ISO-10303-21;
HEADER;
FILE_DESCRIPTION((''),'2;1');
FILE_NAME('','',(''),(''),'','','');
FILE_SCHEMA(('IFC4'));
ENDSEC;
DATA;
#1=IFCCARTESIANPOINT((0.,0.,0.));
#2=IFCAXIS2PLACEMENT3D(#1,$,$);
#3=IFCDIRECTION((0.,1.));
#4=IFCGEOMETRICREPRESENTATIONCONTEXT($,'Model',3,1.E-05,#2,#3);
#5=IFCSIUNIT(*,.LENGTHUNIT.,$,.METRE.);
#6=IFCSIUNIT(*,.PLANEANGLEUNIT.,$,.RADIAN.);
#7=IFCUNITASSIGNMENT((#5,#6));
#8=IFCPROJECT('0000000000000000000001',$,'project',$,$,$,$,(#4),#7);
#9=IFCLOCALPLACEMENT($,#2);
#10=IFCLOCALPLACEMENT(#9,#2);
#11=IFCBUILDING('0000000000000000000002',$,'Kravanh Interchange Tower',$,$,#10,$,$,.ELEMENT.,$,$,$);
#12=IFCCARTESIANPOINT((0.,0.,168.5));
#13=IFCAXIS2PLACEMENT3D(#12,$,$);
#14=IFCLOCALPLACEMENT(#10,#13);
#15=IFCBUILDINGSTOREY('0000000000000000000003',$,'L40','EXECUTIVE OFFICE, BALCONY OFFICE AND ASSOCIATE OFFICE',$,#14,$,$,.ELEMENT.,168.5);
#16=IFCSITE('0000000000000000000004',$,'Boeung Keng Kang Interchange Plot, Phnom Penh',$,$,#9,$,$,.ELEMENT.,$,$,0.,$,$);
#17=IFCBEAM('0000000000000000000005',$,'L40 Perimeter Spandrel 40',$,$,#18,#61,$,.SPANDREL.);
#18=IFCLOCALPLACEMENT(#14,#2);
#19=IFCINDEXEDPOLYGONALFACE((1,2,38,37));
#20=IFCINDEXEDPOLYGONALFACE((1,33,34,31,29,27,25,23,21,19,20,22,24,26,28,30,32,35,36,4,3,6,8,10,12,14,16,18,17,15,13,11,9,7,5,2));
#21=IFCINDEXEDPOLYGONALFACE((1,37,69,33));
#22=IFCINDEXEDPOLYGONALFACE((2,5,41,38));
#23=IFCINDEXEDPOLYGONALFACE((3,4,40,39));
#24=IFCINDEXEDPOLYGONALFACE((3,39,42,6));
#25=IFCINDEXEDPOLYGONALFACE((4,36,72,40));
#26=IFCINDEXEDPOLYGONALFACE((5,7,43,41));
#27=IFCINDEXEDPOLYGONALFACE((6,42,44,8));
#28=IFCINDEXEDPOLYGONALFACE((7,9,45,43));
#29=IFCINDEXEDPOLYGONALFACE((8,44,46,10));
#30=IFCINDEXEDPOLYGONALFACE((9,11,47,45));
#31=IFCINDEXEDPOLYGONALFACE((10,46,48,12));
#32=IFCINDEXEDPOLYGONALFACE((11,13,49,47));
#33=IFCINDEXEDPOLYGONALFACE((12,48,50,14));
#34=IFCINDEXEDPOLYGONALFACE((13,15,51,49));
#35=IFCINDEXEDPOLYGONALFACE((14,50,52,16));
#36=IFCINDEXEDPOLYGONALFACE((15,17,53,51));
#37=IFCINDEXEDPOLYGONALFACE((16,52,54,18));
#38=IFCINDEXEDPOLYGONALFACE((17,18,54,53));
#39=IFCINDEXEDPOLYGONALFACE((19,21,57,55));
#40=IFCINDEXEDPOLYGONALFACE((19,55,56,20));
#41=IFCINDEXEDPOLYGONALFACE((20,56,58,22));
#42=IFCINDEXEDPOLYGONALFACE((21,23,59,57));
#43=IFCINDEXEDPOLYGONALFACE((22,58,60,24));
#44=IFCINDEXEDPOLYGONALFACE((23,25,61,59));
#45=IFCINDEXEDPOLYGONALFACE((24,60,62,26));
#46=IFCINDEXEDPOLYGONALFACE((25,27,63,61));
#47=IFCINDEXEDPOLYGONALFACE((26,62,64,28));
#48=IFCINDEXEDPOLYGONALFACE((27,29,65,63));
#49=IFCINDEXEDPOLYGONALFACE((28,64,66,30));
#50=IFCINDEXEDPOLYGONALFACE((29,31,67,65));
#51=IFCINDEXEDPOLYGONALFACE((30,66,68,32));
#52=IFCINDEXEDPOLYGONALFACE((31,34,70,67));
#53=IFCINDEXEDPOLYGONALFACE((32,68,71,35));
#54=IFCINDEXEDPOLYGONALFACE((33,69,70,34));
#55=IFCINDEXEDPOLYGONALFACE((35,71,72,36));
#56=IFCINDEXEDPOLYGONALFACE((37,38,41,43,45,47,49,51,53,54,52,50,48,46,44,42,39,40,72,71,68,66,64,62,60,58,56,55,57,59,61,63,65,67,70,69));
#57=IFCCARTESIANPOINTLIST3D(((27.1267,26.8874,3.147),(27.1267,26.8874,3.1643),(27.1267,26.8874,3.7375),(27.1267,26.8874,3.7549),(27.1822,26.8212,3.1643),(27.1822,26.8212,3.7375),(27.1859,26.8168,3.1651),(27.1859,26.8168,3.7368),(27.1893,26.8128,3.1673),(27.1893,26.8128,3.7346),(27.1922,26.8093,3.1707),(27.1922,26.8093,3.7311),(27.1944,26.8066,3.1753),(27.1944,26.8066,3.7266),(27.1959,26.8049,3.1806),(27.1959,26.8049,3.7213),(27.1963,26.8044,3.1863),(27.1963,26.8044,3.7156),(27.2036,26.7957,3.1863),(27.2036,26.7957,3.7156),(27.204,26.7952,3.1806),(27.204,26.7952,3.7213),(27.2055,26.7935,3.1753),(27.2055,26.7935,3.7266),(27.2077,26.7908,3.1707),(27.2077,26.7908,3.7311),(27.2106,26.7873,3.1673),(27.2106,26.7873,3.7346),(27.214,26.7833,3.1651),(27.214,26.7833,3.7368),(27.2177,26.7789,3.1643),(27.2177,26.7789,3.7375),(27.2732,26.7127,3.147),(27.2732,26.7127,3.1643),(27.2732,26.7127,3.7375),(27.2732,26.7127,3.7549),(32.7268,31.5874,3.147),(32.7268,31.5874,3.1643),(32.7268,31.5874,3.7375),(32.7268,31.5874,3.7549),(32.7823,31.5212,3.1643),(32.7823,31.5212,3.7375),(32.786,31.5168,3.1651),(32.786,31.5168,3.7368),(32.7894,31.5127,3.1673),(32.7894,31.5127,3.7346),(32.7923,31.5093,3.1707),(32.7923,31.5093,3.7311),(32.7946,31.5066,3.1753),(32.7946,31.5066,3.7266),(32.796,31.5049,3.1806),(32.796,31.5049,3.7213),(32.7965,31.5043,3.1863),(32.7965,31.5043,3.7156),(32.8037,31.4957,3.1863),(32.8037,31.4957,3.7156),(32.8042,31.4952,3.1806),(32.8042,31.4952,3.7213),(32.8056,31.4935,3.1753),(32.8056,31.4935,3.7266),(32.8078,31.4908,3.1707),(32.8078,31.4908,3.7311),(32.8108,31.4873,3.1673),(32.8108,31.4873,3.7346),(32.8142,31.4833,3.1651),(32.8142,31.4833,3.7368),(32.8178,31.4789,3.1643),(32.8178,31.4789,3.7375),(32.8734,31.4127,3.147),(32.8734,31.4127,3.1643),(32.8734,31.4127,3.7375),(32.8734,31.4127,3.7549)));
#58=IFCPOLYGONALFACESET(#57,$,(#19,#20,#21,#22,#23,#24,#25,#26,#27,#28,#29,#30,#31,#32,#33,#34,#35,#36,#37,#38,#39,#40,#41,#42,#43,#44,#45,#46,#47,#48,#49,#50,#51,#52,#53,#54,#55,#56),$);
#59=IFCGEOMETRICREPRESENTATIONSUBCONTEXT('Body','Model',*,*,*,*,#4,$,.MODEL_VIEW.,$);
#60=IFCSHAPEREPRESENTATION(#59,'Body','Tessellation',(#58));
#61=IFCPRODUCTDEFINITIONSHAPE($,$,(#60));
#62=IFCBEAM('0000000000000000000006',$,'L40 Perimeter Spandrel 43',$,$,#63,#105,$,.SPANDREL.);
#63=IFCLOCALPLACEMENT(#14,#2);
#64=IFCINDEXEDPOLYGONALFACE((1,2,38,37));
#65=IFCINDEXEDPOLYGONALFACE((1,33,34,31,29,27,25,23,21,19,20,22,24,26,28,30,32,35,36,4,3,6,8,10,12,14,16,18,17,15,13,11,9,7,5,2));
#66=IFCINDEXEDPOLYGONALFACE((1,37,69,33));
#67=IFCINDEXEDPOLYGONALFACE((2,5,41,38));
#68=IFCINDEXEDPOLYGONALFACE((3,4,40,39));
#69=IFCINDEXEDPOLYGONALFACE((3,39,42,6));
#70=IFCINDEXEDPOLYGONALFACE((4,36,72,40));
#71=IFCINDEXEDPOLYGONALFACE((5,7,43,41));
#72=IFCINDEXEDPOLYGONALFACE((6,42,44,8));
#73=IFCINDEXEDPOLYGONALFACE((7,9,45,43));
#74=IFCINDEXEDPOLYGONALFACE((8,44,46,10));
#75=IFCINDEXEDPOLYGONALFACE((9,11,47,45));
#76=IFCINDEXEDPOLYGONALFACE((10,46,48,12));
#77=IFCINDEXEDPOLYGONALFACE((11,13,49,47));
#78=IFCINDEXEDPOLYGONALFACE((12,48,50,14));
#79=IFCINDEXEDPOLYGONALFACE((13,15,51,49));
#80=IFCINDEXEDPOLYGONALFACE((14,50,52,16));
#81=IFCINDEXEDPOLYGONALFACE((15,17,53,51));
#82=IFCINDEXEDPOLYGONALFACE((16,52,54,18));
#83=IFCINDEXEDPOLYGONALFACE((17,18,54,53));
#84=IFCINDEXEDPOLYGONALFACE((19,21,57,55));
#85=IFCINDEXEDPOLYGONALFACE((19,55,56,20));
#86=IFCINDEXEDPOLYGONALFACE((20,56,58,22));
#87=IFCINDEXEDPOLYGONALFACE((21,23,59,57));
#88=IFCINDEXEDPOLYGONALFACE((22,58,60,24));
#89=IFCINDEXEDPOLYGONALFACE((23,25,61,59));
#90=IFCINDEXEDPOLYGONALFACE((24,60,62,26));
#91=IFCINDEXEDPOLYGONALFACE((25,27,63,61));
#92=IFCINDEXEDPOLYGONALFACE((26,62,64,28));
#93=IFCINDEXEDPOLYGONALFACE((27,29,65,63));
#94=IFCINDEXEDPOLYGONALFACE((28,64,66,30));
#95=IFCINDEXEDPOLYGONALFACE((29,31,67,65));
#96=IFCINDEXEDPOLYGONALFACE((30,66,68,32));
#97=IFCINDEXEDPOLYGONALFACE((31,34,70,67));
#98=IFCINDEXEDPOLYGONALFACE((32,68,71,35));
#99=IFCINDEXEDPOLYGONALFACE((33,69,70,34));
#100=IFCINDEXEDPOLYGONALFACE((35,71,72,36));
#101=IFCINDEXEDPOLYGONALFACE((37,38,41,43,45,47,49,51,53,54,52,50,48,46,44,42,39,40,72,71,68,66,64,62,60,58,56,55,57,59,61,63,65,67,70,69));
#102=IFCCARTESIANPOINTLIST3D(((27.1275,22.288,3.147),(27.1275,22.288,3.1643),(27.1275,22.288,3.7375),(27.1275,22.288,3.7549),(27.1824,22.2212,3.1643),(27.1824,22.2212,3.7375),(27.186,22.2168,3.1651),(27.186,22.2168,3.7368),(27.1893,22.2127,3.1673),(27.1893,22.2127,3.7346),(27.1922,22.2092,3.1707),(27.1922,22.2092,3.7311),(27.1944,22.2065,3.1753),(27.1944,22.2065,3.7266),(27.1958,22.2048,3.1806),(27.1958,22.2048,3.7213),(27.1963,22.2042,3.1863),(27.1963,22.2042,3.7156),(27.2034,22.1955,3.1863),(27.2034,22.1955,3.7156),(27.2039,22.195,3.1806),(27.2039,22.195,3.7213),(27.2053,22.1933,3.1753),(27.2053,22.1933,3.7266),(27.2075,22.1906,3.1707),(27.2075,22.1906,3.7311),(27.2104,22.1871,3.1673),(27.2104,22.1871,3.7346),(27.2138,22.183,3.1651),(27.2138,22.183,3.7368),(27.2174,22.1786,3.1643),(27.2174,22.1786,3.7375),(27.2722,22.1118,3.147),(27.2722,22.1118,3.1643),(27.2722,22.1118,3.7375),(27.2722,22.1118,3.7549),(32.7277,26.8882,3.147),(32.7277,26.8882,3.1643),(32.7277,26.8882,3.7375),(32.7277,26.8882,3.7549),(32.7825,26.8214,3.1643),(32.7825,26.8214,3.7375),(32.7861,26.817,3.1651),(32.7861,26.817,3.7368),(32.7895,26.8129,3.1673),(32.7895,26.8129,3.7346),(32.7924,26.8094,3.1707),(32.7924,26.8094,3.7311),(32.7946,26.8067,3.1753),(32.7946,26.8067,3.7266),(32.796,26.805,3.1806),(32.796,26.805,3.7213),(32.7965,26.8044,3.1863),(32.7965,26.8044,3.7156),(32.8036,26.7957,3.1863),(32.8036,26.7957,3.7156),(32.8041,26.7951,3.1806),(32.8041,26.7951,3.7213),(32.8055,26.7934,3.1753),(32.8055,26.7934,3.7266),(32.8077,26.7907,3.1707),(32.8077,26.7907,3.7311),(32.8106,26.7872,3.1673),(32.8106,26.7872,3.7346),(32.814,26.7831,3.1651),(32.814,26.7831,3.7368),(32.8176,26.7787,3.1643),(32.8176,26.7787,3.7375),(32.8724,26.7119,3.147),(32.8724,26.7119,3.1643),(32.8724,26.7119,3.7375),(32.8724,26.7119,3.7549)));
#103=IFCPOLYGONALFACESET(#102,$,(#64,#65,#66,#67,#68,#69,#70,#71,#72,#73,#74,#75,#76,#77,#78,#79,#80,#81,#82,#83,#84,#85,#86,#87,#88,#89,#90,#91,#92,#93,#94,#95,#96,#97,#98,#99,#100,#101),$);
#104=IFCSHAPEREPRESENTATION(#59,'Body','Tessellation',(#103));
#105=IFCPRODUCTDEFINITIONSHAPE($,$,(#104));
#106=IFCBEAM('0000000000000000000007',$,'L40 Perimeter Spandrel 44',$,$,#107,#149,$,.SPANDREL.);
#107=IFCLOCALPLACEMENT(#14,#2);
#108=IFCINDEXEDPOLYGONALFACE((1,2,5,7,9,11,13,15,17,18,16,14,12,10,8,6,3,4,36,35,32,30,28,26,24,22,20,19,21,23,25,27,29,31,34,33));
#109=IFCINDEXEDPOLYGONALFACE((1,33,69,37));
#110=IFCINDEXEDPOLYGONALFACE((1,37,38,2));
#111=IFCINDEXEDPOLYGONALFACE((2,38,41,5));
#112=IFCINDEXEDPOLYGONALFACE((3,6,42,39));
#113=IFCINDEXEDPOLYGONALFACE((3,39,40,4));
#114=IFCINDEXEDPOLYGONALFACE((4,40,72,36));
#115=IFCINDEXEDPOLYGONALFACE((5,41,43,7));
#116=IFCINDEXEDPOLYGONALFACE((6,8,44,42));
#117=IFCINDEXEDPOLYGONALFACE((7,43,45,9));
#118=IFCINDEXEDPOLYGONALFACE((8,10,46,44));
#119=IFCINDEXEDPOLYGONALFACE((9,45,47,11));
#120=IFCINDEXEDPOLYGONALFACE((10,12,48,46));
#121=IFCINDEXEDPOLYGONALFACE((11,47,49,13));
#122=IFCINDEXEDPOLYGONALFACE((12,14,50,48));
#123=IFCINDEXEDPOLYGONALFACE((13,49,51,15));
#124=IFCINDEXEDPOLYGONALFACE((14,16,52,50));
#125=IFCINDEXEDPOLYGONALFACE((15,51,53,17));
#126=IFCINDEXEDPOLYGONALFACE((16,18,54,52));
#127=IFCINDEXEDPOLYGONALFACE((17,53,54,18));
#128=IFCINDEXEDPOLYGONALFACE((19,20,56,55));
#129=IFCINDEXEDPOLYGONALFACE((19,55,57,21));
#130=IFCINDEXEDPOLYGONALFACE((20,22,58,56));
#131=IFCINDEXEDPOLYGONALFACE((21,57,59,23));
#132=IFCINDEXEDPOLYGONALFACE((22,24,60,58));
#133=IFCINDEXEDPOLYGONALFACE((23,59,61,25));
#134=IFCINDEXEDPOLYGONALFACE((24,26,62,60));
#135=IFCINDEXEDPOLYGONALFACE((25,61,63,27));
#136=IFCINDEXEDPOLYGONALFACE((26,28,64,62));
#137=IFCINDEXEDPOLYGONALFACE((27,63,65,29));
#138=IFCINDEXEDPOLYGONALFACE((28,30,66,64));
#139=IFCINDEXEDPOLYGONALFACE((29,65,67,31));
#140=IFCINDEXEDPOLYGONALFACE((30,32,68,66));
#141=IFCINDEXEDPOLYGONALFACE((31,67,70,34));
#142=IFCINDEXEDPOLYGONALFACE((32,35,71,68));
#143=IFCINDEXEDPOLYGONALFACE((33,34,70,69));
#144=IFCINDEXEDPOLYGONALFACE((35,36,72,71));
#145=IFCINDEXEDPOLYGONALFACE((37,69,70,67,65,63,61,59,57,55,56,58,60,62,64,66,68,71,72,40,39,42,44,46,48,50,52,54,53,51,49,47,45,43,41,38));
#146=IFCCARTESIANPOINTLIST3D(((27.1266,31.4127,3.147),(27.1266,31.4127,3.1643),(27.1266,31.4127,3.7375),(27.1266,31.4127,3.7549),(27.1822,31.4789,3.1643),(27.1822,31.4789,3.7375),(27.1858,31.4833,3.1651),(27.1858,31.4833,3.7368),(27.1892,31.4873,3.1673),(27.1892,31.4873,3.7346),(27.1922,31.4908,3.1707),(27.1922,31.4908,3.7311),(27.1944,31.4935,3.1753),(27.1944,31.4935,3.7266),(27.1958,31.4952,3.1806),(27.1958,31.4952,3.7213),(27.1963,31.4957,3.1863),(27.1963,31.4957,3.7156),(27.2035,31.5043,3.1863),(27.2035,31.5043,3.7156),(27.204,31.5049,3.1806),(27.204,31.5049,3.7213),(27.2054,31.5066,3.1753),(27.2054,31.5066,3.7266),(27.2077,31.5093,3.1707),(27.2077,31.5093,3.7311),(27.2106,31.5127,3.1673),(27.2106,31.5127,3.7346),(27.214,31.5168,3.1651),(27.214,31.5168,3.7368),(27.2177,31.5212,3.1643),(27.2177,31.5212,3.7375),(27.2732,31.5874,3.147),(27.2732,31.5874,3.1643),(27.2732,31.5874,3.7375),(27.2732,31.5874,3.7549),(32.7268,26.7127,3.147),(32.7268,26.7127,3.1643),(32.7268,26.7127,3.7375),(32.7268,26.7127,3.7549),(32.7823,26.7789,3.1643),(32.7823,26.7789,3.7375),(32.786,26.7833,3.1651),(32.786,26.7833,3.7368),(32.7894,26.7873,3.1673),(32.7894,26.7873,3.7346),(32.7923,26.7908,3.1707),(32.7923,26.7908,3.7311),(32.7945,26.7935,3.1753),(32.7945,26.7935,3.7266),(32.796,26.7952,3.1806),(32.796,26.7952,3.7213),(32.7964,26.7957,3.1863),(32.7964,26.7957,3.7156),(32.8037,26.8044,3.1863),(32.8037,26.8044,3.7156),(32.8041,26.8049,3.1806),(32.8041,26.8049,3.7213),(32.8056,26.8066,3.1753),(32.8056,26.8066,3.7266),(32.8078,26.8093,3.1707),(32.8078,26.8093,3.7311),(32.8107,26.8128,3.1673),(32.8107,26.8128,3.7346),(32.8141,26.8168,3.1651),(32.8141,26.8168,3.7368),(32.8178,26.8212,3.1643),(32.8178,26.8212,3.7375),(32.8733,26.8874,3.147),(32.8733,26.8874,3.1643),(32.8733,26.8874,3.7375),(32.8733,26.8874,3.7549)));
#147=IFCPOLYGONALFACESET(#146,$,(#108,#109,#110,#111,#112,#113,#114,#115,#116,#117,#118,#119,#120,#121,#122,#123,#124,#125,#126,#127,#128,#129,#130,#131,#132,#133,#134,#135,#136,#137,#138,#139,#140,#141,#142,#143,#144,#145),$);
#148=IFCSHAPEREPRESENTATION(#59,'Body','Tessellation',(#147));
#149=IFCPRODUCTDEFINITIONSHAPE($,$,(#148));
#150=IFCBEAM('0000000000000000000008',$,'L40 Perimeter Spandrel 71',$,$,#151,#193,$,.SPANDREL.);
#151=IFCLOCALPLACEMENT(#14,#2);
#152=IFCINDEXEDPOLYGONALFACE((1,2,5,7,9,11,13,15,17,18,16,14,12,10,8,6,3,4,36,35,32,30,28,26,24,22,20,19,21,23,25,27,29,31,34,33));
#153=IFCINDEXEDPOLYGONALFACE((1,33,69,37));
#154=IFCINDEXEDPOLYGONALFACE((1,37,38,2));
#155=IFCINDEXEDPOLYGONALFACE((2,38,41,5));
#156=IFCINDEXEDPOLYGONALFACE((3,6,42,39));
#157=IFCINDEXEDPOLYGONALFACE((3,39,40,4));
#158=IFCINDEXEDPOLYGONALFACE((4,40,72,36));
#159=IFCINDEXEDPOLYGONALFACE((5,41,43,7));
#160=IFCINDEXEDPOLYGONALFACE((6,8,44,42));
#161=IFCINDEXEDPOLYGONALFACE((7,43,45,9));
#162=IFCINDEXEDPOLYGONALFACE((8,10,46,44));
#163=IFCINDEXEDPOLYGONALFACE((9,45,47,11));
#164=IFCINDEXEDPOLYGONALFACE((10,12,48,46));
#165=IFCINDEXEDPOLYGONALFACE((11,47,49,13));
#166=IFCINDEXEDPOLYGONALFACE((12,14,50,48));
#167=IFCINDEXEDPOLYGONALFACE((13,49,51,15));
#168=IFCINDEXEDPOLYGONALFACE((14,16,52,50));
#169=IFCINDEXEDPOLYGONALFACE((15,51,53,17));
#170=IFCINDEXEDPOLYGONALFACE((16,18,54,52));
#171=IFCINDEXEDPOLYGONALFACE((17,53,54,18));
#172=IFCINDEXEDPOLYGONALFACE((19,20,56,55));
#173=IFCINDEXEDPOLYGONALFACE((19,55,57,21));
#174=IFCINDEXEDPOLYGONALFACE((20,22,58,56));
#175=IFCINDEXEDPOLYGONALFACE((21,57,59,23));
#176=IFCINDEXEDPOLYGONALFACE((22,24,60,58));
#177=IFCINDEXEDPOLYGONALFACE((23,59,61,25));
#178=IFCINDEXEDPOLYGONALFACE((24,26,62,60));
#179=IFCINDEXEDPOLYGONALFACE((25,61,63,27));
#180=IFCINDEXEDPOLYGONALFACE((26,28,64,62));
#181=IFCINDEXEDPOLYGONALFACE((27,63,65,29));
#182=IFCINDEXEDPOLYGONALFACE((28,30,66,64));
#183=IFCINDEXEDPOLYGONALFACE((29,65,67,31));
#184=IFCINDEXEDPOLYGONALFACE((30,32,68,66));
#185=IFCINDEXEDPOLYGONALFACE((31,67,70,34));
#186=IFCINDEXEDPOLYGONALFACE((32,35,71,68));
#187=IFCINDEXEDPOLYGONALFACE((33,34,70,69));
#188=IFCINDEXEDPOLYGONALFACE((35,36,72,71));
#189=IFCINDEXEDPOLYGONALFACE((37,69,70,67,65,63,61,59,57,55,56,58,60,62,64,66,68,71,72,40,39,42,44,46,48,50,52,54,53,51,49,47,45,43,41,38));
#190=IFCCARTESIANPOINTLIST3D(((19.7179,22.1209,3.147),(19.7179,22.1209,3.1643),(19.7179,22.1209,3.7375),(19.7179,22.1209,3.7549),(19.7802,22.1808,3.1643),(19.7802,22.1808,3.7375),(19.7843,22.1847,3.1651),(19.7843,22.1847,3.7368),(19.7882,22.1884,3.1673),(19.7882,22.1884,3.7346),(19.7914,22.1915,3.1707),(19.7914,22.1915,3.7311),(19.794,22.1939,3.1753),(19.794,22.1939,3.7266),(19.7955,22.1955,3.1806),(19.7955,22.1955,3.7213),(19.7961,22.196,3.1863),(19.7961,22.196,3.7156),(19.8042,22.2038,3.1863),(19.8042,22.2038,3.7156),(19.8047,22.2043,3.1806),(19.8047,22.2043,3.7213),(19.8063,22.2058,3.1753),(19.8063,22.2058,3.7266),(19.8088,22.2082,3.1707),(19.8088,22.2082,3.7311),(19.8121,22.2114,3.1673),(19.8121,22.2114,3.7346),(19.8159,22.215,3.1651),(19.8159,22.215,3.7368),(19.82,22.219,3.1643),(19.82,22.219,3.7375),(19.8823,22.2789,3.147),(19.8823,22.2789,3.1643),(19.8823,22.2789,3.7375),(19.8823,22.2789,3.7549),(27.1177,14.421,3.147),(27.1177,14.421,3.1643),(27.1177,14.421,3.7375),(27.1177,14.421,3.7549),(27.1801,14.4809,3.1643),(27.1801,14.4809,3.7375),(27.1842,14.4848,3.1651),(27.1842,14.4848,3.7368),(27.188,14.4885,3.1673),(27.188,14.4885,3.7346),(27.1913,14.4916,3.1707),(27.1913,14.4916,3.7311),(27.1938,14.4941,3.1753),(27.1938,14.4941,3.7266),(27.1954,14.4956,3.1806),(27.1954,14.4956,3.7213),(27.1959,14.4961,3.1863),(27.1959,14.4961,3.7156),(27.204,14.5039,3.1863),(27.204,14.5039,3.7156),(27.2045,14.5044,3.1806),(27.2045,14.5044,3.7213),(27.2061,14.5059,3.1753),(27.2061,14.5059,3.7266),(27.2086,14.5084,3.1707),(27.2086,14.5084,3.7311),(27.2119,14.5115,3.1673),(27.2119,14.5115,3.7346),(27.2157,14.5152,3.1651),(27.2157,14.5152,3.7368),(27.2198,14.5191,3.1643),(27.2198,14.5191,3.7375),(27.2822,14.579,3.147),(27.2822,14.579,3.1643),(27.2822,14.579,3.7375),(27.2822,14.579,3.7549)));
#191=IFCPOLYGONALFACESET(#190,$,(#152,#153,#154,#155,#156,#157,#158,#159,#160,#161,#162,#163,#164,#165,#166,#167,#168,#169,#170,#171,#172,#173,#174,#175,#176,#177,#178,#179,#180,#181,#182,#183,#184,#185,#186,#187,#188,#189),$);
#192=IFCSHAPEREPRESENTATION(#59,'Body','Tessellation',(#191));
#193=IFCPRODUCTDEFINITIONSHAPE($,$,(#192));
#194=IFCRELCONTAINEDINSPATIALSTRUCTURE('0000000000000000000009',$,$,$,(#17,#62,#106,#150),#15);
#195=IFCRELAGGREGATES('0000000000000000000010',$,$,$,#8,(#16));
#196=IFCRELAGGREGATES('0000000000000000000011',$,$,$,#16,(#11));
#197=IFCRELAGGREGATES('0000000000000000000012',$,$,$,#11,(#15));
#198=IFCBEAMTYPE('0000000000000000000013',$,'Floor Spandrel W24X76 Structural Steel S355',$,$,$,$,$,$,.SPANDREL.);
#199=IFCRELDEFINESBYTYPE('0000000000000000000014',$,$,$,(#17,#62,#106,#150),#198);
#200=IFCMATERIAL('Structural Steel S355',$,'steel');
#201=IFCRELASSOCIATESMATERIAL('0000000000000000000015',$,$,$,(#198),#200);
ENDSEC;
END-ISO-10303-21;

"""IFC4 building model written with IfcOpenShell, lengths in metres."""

from ifc_helpers import new_model, si_unit, direction, frame, origin, origin_2d, place, context, subcontext, project, spatial, i_section, extrude, material, material_profile, profile_set, type_object, element, save


model = new_model("IFC4")

# Units and contexts
model_context = context("Model", 3, precision=1e-05, world=origin(), true_north=direction((0.0, 1.0)))
body_context = subcontext(model_context, "Body", "Model", "MODEL_VIEW")
ifc_project = project(units=[si_unit("LENGTHUNIT", "METRE"), si_unit("PLANEANGLEUNIT", "RADIAN")], contexts=[model_context])

# Site, building, storey
site_placement = place(None, origin())
site = spatial("IfcSite", under=ifc_project, at=site_placement, Name="Boeung Keng Kang Interchange Plot, Phnom Penh", CompositionType="ELEMENT", RefElevation=0.0)
building_placement = place(site_placement, origin())
building = spatial("IfcBuilding", under=site, at=building_placement, Name="Kravanh Interchange Tower", CompositionType="ELEMENT")
storey_placement = place(building_placement, frame((0.0, 0.0, 168.5)))
storey = spatial("IfcBuildingStorey", under=building, at=storey_placement, Name="L40", Description="EXECUTIVE OFFICE, BALCONY OFFICE AND ASSOCIATE OFFICE", CompositionType="ELEMENT", Elevation=168.5)

# Beams
ifc_material_1 = material(Name="Structural Steel S355", Category="steel")
ifc_material_profile_1 = material_profile(ifc_material_1, i_section(OverallWidth=0.228, OverallDepth=0.6079, WebThickness=0.0112, FlangeThickness=0.0173, FilletRadius=0.022, at=origin_2d()), Name="W24X76")
ifc_profile_set_1 = profile_set([ifc_material_profile_1], Name="Structural Steel S355")
beam_type_1 = type_object("IfcBeamType", Name="Floor Spandrel W24X76 Structural Steel S355", PredefinedType="SPANDREL", material=ifc_profile_set_1)
beam_1_placement = place(storey_placement, frame((27.2, 26.8, 3.4509), z_axis=(0.765983, 0.642861, 0.0), x_axis=(-0.642861, 0.765983, 0.0)))
element("IfcBeam", 1, at=beam_1_placement, inside=storey, type_object=beam_type_1, Name="L40 Perimeter Spandrel 40", PredefinedType="SPANDREL", context=body_context, shape_type="SweptSolid", body=[
    extrude(i_section(OverallWidth=0.228, OverallDepth=0.6079, WebThickness=0.0112, FlangeThickness=0.0173, FilletRadius=0.022, at=origin_2d()), origin(), (0.0, 0.0, 1.0), 7.311),
])
beam_2_placement = place(storey_placement, frame((32.8, 26.8, 3.4509), z_axis=(-0.772725, -0.634741, 0.0), x_axis=(0.634741, -0.772725, 0.0)))
element("IfcBeam", 2, at=beam_2_placement, inside=storey, type_object=beam_type_1, Name="L40 Perimeter Spandrel 43", PredefinedType="SPANDREL", context=body_context, shape_type="SweptSolid", body=[
    extrude(i_section(OverallWidth=0.228, OverallDepth=0.6079, WebThickness=0.0112, FlangeThickness=0.0173, FilletRadius=0.022, at=origin_2d()), origin(), (0.0, 0.0, 1.0), 7.2473),
])
beam_3_placement = place(storey_placement, frame((32.8, 26.8, 3.4509), z_axis=(-0.765983, 0.642861, 0.0), x_axis=(-0.642861, -0.765983, 0.0)))
element("IfcBeam", 3, at=beam_3_placement, inside=storey, type_object=beam_type_1, Name="L40 Perimeter Spandrel 44", PredefinedType="SPANDREL", context=body_context, shape_type="SweptSolid", body=[
    extrude(i_section(OverallWidth=0.228, OverallDepth=0.6079, WebThickness=0.0112, FlangeThickness=0.0173, FilletRadius=0.022, at=origin_2d()), origin(), (0.0, 0.0, 1.0), 7.311),
])
beam_4_placement = place(storey_placement, frame((27.2, 14.5, 3.4509), z_axis=(-0.692919, 0.721015, 0.0), x_axis=(-0.721015, -0.692919, 0.0)))
element("IfcBeam", 4, at=beam_4_placement, inside=storey, type_object=beam_type_1, Name="L40 Perimeter Spandrel 71", PredefinedType="SPANDREL", context=body_context, shape_type="SweptSolid", body=[
    extrude(i_section(OverallWidth=0.228, OverallDepth=0.6079, WebThickness=0.0112, FlangeThickness=0.0173, FilletRadius=0.022, at=origin_2d()), origin(), (0.0, 0.0, 1.0), 10.6792),
])

save(model, "model.ifc")
